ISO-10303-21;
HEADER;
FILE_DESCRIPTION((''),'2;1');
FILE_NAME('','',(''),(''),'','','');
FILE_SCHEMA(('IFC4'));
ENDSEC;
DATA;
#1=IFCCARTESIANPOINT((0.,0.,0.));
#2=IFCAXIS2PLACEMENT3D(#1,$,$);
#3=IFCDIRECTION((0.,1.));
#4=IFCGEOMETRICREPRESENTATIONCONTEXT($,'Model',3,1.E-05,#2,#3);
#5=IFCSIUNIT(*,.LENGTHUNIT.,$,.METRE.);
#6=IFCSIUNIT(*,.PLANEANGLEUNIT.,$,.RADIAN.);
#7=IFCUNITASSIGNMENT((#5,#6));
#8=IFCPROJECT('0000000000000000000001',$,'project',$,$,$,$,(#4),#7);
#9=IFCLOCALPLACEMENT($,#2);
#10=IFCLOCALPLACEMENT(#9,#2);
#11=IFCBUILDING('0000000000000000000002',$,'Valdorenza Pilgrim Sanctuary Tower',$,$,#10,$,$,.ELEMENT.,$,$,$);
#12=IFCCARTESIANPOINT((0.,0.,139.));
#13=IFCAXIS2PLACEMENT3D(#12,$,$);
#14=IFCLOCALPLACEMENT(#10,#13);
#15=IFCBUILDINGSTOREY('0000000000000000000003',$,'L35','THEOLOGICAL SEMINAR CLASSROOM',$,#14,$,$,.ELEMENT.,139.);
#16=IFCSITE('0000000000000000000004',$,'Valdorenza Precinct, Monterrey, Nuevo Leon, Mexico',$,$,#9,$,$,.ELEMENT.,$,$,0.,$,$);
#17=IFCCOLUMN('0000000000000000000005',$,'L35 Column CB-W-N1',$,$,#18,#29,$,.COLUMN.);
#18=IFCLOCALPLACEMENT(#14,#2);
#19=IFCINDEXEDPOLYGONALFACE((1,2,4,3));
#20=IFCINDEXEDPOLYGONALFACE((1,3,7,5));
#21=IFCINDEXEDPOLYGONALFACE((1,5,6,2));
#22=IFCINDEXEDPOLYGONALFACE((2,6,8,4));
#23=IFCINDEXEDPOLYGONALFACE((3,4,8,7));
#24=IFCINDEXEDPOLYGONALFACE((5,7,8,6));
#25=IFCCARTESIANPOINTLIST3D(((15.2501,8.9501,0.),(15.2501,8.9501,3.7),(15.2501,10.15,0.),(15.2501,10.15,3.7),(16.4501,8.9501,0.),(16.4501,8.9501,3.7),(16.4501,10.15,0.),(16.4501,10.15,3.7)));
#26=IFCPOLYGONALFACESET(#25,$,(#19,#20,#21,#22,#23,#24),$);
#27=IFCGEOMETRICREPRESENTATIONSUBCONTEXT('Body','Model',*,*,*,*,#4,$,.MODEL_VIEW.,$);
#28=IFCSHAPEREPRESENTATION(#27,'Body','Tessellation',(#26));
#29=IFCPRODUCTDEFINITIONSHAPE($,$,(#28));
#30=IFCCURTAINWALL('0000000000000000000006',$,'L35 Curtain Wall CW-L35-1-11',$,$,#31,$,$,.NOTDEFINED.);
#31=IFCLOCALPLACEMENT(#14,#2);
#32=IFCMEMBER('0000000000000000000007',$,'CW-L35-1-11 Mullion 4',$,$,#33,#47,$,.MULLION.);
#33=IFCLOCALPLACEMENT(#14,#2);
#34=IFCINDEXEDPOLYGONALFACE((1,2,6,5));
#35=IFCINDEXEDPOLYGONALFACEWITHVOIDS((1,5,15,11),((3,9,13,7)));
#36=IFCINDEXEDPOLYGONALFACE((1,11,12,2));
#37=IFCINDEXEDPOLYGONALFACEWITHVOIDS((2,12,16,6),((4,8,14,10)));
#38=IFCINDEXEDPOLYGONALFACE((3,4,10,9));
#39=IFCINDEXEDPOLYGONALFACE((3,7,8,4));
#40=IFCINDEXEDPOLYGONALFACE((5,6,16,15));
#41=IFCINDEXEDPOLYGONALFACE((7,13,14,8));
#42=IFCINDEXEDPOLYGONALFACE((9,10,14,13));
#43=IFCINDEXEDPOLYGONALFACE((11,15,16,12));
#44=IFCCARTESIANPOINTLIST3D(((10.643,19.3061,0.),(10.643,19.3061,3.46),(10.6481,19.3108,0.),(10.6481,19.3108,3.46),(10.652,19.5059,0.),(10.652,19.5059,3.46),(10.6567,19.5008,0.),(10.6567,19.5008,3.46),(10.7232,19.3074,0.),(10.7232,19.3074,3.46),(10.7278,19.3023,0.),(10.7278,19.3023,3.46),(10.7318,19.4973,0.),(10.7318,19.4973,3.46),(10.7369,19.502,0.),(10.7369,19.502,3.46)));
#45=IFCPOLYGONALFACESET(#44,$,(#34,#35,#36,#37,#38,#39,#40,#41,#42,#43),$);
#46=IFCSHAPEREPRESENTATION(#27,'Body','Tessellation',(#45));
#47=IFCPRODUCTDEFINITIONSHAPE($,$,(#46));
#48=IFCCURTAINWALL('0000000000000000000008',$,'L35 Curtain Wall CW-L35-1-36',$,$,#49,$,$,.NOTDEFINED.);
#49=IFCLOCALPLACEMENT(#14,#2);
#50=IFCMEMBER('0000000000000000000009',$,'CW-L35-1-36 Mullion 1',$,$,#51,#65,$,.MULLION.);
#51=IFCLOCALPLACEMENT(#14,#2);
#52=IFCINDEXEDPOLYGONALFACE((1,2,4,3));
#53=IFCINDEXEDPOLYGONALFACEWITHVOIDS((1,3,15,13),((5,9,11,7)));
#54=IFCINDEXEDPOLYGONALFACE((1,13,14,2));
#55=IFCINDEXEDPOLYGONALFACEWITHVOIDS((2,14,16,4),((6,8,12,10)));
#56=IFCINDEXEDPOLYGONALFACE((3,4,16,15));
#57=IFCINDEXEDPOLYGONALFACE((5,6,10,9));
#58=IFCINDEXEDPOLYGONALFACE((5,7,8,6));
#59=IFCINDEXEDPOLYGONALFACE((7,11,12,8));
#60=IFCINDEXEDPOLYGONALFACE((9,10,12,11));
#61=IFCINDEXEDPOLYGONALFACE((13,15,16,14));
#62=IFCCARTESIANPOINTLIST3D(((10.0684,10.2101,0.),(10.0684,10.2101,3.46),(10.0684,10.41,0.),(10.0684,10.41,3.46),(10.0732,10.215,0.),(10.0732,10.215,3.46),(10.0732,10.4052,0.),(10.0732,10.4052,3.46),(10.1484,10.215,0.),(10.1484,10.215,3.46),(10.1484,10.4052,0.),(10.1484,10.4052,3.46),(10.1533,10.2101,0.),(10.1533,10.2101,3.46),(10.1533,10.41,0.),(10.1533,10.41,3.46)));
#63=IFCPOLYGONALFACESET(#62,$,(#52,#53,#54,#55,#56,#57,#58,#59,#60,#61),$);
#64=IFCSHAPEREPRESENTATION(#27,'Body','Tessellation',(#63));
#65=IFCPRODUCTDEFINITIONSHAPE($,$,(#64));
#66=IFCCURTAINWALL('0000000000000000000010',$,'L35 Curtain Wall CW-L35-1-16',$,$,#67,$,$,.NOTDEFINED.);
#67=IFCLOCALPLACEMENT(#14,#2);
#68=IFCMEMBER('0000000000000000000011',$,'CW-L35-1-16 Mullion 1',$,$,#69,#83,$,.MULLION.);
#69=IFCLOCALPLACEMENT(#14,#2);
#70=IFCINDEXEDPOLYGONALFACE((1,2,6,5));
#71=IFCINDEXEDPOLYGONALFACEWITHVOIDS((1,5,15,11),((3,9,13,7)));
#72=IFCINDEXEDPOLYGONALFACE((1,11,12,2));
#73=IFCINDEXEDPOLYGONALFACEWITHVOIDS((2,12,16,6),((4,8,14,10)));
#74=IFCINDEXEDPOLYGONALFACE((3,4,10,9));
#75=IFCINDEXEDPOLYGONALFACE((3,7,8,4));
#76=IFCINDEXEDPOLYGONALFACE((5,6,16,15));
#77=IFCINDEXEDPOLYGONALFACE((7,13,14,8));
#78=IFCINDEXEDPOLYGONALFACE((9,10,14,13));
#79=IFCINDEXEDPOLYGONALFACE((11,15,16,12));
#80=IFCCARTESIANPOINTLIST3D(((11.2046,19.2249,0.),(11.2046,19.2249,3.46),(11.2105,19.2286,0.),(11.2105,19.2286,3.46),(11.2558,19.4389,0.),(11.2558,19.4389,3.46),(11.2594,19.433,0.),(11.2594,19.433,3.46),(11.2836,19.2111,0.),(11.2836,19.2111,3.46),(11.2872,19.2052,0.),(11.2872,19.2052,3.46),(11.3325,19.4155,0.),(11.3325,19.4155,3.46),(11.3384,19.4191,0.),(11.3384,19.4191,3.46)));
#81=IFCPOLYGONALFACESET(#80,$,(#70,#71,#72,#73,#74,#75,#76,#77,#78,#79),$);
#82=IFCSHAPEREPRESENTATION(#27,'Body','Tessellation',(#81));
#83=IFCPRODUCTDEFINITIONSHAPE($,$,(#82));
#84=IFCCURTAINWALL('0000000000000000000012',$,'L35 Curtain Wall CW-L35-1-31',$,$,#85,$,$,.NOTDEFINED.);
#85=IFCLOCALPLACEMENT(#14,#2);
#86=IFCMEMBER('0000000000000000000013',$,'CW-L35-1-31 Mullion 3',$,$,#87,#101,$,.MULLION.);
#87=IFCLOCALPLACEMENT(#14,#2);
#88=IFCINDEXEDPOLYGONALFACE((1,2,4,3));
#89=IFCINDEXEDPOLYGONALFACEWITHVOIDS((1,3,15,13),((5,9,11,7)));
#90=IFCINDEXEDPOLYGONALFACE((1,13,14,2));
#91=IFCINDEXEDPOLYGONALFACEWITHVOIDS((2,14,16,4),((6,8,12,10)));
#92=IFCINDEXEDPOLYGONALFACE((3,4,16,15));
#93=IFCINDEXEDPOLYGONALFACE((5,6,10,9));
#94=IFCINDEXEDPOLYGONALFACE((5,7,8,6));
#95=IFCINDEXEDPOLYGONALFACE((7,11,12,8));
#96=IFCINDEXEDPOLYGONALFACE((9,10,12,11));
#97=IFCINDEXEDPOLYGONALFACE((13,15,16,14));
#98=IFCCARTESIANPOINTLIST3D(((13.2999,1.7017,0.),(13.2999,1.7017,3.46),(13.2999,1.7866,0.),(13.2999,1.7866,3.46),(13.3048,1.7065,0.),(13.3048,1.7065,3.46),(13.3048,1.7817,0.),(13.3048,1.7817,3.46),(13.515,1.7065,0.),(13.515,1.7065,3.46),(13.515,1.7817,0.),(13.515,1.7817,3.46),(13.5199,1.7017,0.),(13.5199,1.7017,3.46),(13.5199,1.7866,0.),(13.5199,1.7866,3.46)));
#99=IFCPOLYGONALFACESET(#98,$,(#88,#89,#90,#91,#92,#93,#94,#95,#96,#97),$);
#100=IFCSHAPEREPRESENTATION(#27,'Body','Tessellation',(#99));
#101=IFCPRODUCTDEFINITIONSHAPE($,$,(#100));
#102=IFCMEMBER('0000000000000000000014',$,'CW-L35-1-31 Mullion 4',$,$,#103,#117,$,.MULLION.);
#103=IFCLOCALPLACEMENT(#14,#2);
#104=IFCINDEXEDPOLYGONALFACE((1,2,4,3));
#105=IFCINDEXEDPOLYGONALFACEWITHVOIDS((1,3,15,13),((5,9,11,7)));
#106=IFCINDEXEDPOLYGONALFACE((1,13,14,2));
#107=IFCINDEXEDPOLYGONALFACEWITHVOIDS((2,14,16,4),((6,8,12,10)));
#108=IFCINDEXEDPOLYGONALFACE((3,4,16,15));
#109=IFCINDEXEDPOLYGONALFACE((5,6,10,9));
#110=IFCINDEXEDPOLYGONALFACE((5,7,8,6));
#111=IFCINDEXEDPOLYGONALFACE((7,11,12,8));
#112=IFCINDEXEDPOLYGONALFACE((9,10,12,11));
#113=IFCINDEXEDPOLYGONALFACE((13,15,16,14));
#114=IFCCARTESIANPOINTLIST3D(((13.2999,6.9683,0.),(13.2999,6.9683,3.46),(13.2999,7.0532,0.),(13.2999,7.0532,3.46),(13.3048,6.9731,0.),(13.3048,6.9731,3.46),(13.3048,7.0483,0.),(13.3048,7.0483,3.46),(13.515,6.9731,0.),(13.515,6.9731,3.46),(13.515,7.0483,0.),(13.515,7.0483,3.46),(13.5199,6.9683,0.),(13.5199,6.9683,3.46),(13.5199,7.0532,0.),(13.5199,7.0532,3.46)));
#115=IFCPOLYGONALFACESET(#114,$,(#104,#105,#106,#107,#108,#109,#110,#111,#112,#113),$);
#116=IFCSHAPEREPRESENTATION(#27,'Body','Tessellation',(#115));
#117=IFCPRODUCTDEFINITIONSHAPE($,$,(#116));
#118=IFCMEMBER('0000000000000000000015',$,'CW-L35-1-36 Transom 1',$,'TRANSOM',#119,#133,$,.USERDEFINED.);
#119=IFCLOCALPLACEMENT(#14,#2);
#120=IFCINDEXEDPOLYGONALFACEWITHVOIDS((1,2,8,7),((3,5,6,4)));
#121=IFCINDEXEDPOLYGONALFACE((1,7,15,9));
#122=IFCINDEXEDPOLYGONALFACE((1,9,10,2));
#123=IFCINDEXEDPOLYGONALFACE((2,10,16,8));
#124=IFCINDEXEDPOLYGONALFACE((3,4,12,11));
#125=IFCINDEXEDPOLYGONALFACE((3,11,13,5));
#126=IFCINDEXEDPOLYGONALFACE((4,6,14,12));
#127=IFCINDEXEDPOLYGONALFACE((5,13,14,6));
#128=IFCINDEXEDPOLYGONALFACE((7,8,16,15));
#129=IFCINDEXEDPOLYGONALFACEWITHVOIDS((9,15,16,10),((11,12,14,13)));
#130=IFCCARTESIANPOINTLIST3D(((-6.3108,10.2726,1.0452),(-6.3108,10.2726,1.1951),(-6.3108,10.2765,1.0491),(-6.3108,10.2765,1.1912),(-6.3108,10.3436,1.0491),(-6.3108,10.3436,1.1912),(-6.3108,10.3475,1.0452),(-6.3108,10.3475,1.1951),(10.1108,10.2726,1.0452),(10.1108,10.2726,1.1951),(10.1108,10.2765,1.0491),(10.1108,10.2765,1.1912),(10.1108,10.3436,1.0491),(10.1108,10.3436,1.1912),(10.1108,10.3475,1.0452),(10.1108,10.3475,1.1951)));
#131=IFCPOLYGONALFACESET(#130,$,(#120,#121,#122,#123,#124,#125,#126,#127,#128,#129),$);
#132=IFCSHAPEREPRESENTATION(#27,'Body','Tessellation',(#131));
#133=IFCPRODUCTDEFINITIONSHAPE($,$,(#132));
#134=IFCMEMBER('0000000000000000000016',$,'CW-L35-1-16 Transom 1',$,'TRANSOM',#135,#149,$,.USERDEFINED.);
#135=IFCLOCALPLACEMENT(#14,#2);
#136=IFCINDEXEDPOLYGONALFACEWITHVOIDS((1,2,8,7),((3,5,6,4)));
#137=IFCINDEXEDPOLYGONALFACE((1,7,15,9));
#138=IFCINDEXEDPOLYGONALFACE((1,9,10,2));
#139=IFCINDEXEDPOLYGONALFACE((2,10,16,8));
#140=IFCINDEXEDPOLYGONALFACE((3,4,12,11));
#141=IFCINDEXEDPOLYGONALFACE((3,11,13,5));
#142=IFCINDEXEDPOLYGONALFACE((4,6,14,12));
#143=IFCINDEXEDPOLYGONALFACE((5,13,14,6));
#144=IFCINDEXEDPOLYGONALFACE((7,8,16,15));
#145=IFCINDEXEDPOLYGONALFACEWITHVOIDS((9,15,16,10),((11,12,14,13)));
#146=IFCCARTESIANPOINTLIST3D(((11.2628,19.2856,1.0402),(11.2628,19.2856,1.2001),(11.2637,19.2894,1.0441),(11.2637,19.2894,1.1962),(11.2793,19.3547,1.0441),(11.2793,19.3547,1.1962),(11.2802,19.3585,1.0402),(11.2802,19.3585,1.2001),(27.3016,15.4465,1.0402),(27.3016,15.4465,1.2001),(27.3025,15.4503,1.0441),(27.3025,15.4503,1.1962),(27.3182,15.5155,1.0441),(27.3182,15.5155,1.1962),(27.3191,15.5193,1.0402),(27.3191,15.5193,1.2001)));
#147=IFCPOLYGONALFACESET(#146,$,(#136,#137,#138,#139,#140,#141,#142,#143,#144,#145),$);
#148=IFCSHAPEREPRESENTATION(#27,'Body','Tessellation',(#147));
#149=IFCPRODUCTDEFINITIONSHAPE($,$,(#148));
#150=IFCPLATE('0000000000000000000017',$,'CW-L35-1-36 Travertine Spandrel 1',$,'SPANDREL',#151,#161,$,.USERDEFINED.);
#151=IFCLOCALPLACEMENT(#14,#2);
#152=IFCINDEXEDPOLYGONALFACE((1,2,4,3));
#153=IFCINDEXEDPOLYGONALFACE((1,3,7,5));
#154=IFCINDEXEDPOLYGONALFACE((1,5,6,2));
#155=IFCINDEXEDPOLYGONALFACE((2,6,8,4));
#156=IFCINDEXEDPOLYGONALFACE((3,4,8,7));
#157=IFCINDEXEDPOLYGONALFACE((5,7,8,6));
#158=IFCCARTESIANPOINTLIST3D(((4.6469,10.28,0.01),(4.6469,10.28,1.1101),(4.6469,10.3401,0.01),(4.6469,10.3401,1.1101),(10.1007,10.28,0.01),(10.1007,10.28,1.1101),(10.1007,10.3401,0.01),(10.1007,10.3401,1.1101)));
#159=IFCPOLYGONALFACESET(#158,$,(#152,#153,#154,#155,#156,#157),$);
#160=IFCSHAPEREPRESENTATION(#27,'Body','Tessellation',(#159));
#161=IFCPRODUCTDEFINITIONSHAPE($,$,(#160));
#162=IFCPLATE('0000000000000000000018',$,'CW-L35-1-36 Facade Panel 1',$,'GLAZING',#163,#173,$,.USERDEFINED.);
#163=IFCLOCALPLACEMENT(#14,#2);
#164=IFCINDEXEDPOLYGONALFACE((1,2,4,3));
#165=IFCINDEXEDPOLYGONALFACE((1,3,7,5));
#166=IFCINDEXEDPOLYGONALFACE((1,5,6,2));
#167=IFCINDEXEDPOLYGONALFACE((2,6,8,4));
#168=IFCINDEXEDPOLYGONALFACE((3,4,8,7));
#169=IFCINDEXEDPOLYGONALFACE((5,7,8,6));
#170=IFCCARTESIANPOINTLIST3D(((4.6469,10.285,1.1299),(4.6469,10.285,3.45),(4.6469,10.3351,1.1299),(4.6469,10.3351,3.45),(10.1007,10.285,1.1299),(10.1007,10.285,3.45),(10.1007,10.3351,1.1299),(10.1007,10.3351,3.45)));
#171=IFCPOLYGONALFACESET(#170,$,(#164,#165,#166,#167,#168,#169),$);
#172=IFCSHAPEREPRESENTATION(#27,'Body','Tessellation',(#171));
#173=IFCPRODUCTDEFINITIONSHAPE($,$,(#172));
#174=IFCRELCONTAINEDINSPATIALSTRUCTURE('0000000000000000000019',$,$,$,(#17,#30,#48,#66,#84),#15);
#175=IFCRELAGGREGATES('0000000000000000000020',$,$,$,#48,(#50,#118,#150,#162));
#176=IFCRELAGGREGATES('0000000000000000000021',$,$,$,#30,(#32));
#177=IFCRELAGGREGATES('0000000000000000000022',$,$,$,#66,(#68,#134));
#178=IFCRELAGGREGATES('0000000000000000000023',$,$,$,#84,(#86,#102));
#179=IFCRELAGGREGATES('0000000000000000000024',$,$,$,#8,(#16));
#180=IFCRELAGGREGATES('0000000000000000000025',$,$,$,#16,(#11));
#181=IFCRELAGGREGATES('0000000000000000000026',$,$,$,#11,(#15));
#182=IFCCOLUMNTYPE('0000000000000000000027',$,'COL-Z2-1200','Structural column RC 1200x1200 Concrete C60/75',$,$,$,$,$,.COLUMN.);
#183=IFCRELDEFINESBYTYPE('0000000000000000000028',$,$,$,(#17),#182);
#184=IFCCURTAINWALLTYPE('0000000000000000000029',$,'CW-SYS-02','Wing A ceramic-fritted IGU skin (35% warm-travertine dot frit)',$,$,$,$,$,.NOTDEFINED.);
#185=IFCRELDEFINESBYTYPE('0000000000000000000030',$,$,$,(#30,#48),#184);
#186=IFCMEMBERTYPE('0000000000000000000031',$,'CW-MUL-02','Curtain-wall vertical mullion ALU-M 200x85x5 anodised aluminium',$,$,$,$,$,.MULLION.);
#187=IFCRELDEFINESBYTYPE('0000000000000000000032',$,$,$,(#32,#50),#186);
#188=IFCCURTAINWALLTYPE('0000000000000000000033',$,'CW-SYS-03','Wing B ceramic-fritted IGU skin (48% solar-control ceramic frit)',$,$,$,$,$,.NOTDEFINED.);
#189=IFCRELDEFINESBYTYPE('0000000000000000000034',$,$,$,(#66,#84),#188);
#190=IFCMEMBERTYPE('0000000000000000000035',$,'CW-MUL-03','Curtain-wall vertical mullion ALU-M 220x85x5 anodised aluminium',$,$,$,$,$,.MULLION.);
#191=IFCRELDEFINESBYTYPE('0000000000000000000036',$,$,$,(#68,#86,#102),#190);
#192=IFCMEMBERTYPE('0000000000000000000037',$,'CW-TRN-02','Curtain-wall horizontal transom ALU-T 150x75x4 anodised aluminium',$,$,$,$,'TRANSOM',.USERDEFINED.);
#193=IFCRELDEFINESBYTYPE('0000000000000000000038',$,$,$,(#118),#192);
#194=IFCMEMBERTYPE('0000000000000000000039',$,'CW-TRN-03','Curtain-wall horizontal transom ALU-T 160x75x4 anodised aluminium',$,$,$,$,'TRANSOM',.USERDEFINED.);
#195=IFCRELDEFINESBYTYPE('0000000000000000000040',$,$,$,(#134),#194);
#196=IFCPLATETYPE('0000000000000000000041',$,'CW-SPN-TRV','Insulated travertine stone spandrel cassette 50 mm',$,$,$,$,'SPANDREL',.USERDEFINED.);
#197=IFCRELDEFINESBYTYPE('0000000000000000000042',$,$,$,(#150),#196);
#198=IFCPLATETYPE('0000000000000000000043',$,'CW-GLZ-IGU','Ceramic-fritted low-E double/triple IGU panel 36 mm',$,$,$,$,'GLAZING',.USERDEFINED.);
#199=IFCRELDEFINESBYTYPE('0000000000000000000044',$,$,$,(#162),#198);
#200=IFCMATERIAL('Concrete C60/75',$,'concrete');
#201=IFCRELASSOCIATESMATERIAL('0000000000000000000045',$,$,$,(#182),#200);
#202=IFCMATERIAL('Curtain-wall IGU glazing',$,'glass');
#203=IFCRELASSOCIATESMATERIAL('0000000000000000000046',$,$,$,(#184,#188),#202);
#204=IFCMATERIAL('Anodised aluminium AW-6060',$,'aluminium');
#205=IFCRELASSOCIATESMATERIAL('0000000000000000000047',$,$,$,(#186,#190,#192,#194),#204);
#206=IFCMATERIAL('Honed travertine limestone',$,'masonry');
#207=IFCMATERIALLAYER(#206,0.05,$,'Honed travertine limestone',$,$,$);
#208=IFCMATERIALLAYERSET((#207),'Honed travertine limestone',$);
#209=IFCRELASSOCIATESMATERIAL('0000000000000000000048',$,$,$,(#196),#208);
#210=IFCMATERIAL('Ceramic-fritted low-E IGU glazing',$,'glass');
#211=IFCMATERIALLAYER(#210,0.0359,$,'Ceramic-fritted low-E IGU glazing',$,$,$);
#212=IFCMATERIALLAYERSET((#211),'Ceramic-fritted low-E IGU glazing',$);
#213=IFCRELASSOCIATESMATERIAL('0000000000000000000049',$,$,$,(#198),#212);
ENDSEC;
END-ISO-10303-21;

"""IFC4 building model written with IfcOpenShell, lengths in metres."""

from ifc_helpers import new_model, si_unit, direction, frame, origin, origin_2d, place, context, subcontext, project, spatial, rectangle, hollow_rectangle, extrude, source, transform, mapped, material, layer, layer_set, material_profile, profile_set, type_object, element, aggregate, save


model = new_model("IFC4")

# Units and contexts
model_context = context("Model", 3, precision=1e-05, world=origin(), true_north=direction((0.0, 1.0)))
body_context = subcontext(model_context, "Body", "Model", "MODEL_VIEW")
ifc_project = project(units=[si_unit("LENGTHUNIT", "METRE"), si_unit("PLANEANGLEUNIT", "RADIAN")], contexts=[model_context])

# Site, building, storey
site_placement = place(None, origin())
site = spatial("IfcSite", under=ifc_project, at=site_placement, Name="Valdorenza Precinct, Monterrey, Nuevo Leon, Mexico", CompositionType="ELEMENT", RefElevation=0.0)
building_placement = place(site_placement, origin())
building = spatial("IfcBuilding", under=site, at=building_placement, Name="Valdorenza Pilgrim Sanctuary Tower", CompositionType="ELEMENT")
storey_placement = place(building_placement, frame((0.0, 0.0, 139.0)))
storey = spatial("IfcBuildingStorey", under=building, at=storey_placement, Name="L35", Description="THEOLOGICAL SEMINAR CLASSROOM", CompositionType="ELEMENT", Elevation=139.0)

# Column
ifc_material_1 = material(Name="Concrete C60/75", Category="concrete")
ifc_material_profile_1 = material_profile(ifc_material_1, rectangle(XDim=1.2, YDim=1.2, at=origin_2d()), Name="RC 1200x1200")
ifc_profile_set_1 = profile_set([ifc_material_profile_1], Name="Concrete C60/75")
column_type = type_object("IfcColumnType", Name="COL-Z2-1200", Description="Structural column RC 1200x1200 Concrete C60/75", PredefinedType="COLUMN", material=ifc_profile_set_1)
shared_shape_1 = source(origin(), body_context, "Body", "SweptSolid", [
    extrude(rectangle(XDim=1.2, YDim=1.2, at=origin_2d()), origin(), (0.0, 0.0, 1.0), 3.7),
])
column_placement = place(storey_placement, frame((15.8501, 9.55, 0.0), z_axis=(0.0, 0.0, 1.0), x_axis=(1.0, 0.0, 0.0)))
element("IfcColumn", 1, at=column_placement, inside=storey, type_object=column_type, Name="L35 Column CB-W-N1", PredefinedType="COLUMN", context=body_context, shape_type="MappedRepresentation", body=[
    mapped(shared_shape_1, transform((0.0, 0.0, 0.0), x_axis=(1.0, 0.0, 0.0), y_axis=(0.0, 1.0, 0.0), z_axis=(0.0, 0.0, 1.0), scale=1.0)),
])

# Curtain walls, members
ifc_material_2 = material(Name="Curtain-wall IGU glazing", Category="glass")
curtain_wall_type_1 = type_object("IfcCurtainWallType", Name="CW-SYS-02", Description="Wing A ceramic-fritted IGU skin (35% warm-travertine dot frit)", PredefinedType="NOTDEFINED", material=ifc_material_2)
curtain_wall_1_placement = place(storey_placement, origin())
curtain_wall_1 = element("IfcCurtainWall", 2, at=curtain_wall_1_placement, inside=storey, type_object=curtain_wall_type_1, Name="L35 Curtain Wall CW-L35-1-11", PredefinedType="NOTDEFINED")
ifc_material_3 = material(Name="Anodised aluminium AW-6060", Category="aluminium")
ifc_material_profile_2 = material_profile(ifc_material_3, hollow_rectangle(XDim=0.085, YDim=0.2, WallThickness=0.0049, at=origin_2d()), Name="ALU-M 200x85x5")
ifc_profile_set_2 = profile_set([ifc_material_profile_2], Name="Anodised aluminium AW-6060")
member_type_1 = type_object("IfcMemberType", Name="CW-MUL-02", Description="Curtain-wall vertical mullion ALU-M 200x85x5 anodised aluminium", PredefinedType="MULLION", material=ifc_profile_set_2)
shared_shape_2 = source(origin(), body_context, "Body", "SweptSolid", [
    extrude(hollow_rectangle(XDim=0.085, YDim=0.2, WallThickness=0.0049, at=origin_2d()), origin(), (0.0, 0.0, 1.0), 3.46),
])
member_1_placement = place(storey_placement, frame((10.6899, 19.4041, 0.0), z_axis=(0.0, 0.0, 1.0), x_axis=(0.998968, -0.045415, 0.0)))
member_1 = element("IfcMember", 3, at=member_1_placement, type_object=member_type_1, Name="CW-L35-1-11 Mullion 4", PredefinedType="MULLION", context=body_context, shape_type="MappedRepresentation", body=[
    mapped(shared_shape_2, transform((0.0, 0.0, 0.0), x_axis=(1.0, 0.0, 0.0), y_axis=(0.0, 1.0, 0.0), z_axis=(0.0, 0.0, 1.0), scale=1.0)),
])
curtain_wall_2_placement = place(storey_placement, origin())
curtain_wall_2 = element("IfcCurtainWall", 4, at=curtain_wall_2_placement, inside=storey, type_object=curtain_wall_type_1, Name="L35 Curtain Wall CW-L35-1-36", PredefinedType="NOTDEFINED")
member_2_placement = place(storey_placement, frame((10.1108, 10.3101, 0.0), z_axis=(0.0, 0.0, 1.0), x_axis=(-1.0, 0.0, 0.0)))
member_2 = element("IfcMember", 5, at=member_2_placement, type_object=member_type_1, Name="CW-L35-1-36 Mullion 1", PredefinedType="MULLION", context=body_context, shape_type="MappedRepresentation", body=[
    mapped(shared_shape_2, transform((0.0, 0.0, 0.0), x_axis=(1.0, 0.0, 0.0), y_axis=(0.0, 1.0, 0.0), z_axis=(0.0, 0.0, 1.0), scale=1.0)),
])
curtain_wall_type_2 = type_object("IfcCurtainWallType", Name="CW-SYS-03", Description="Wing B ceramic-fritted IGU skin (48% solar-control ceramic frit)", PredefinedType="NOTDEFINED", material=ifc_material_2)
curtain_wall_3_placement = place(storey_placement, origin())
curtain_wall_3 = element("IfcCurtainWall", 6, at=curtain_wall_3_placement, inside=storey, type_object=curtain_wall_type_2, Name="L35 Curtain Wall CW-L35-1-16", PredefinedType="NOTDEFINED")
ifc_material_profile_3 = material_profile(ifc_material_3, hollow_rectangle(XDim=0.085, YDim=0.22, WallThickness=0.0049, at=origin_2d()), Name="ALU-M 220x85x5")
ifc_profile_set_3 = profile_set([ifc_material_profile_3], Name="Anodised aluminium AW-6060")
member_type_2 = type_object("IfcMemberType", Name="CW-MUL-03", Description="Curtain-wall vertical mullion ALU-M 220x85x5 anodised aluminium", PredefinedType="MULLION", material=ifc_profile_set_3)
shared_shape_3 = source(origin(), body_context, "Body", "SweptSolid", [
    extrude(hollow_rectangle(XDim=0.085, YDim=0.22, WallThickness=0.0049, at=origin_2d()), origin(), (0.0, 0.0, 1.0), 3.46),
])
member_3_placement = place(storey_placement, frame((11.2715, 19.322, 0.0), z_axis=(0.0, 0.0, 1.0), x_axis=(0.972529, -0.232783, 0.0)))
member_3 = element("IfcMember", 7, at=member_3_placement, type_object=member_type_2, Name="CW-L35-1-16 Mullion 1", PredefinedType="MULLION", context=body_context, shape_type="MappedRepresentation", body=[
    mapped(shared_shape_3, transform((0.0, 0.0, 0.0), x_axis=(1.0, 0.0, 0.0), y_axis=(0.0, 1.0, 0.0), z_axis=(0.0, 0.0, 1.0), scale=1.0)),
])

# Curtain wall, members
curtain_wall_4_placement = place(storey_placement, origin())
curtain_wall_4 = element("IfcCurtainWall", 8, at=curtain_wall_4_placement, inside=storey, type_object=curtain_wall_type_2, Name="L35 Curtain Wall CW-L35-1-31", PredefinedType="NOTDEFINED")
member_4_placement = place(storey_placement, frame((13.4099, 1.7441, 0.0), z_axis=(0.0, 0.0, 1.0), x_axis=(0.0, 1.0, 0.0)))
member_4 = element("IfcMember", 9, at=member_4_placement, type_object=member_type_2, Name="CW-L35-1-31 Mullion 3", PredefinedType="MULLION", context=body_context, shape_type="MappedRepresentation", body=[
    mapped(shared_shape_3, transform((0.0, 0.0, 0.0), x_axis=(1.0, 0.0, 0.0), y_axis=(0.0, 1.0, 0.0), z_axis=(0.0, 0.0, 1.0), scale=1.0)),
])
member_5_placement = place(storey_placement, frame((13.4099, 7.0107, 0.0), z_axis=(0.0, 0.0, 1.0), x_axis=(0.0, 1.0, 0.0)))
member_5 = element("IfcMember", 10, at=member_5_placement, type_object=member_type_2, Name="CW-L35-1-31 Mullion 4", PredefinedType="MULLION", context=body_context, shape_type="MappedRepresentation", body=[
    mapped(shared_shape_3, transform((0.0, 0.0, 0.0), x_axis=(1.0, 0.0, 0.0), y_axis=(0.0, 1.0, 0.0), z_axis=(0.0, 0.0, 1.0), scale=1.0)),
])

# Members
ifc_material_profile_4 = material_profile(ifc_material_3, hollow_rectangle(XDim=0.075, YDim=0.1499, WallThickness=0.0039, at=origin_2d()), Name="ALU-T 150x75x4")
ifc_profile_set_4 = profile_set([ifc_material_profile_4], Name="Anodised aluminium AW-6060")
member_type_3 = type_object("IfcMemberType", Name="CW-TRN-02", Description="Curtain-wall horizontal transom ALU-T 150x75x4 anodised aluminium", ElementType="TRANSOM", PredefinedType="USERDEFINED", material=ifc_profile_set_4)
shared_shape_4 = source(origin(), body_context, "Body", "SweptSolid", [
    extrude(hollow_rectangle(XDim=0.075, YDim=0.1499, WallThickness=0.0039, at=origin_2d()), origin(), (0.0, 0.0, 1.0), 16.4216),
])
member_6_placement = place(storey_placement, frame((10.1108, 10.3101, 1.1201), z_axis=(-1.0, 0.0, 0.0), x_axis=(0.0, -1.0, 0.0)))
member_6 = element("IfcMember", 11, at=member_6_placement, type_object=member_type_3, Name="CW-L35-1-36 Transom 1", ObjectType="TRANSOM", PredefinedType="USERDEFINED", context=body_context, shape_type="MappedRepresentation", body=[
    mapped(shared_shape_4, transform((0.0, 0.0, 0.0), x_axis=(1.0, 0.0, 0.0), y_axis=(0.0, 1.0, 0.0), z_axis=(0.0, 0.0, 1.0), scale=1.0)),
])
ifc_material_profile_5 = material_profile(ifc_material_3, hollow_rectangle(XDim=0.075, YDim=0.1599, WallThickness=0.0039, at=origin_2d()), Name="ALU-T 160x75x4")
ifc_profile_set_5 = profile_set([ifc_material_profile_5], Name="Anodised aluminium AW-6060")
member_type_4 = type_object("IfcMemberType", Name="CW-TRN-03", Description="Curtain-wall horizontal transom ALU-T 160x75x4 anodised aluminium", ElementType="TRANSOM", PredefinedType="USERDEFINED", material=ifc_profile_set_5)
shared_shape_5 = source(origin(), body_context, "Body", "SweptSolid", [
    extrude(hollow_rectangle(XDim=0.075, YDim=0.1599, WallThickness=0.0039, at=origin_2d()), origin(), (0.0, 0.0, 1.0), 16.4919),
])
member_7_placement = place(storey_placement, frame((11.2715, 19.322, 1.1201), z_axis=(0.972528, -0.232788, 0.0), x_axis=(0.232788, 0.972528, 0.0)))
member_7 = element("IfcMember", 12, at=member_7_placement, type_object=member_type_4, Name="CW-L35-1-16 Transom 1", ObjectType="TRANSOM", PredefinedType="USERDEFINED", context=body_context, shape_type="MappedRepresentation", body=[
    mapped(shared_shape_5, transform((0.0, 0.0, 0.0), x_axis=(1.0, 0.0, 0.0), y_axis=(0.0, 1.0, 0.0), z_axis=(0.0, 0.0, 1.0), scale=1.0)),
])

# Plates
ifc_material_4 = material(Name="Honed travertine limestone", Category="masonry")
ifc_layer_1 = layer(ifc_material_4, 0.05, Name="Honed travertine limestone")
ifc_layer_set_1 = layer_set([ifc_layer_1], Name="Honed travertine limestone")
plate_type_1 = type_object("IfcPlateType", Name="CW-SPN-TRV", Description="Insulated travertine stone spandrel cassette 50 mm", ElementType="SPANDREL", PredefinedType="USERDEFINED", material=ifc_layer_set_1)
shared_shape_6 = source(origin(), body_context, "Body", "SweptSolid", [
    extrude(rectangle(XDim=5.4539, YDim=0.0601, at=origin_2d()), origin(), (0.0, 0.0, 1.0), 1.1001),
])
plate_1_placement = place(storey_placement, frame((7.3738, 10.3101, 0.01), z_axis=(0.0, 0.0, 1.0), x_axis=(-1.0, 0.0, 0.0)))
plate_1 = element("IfcPlate", 13, at=plate_1_placement, type_object=plate_type_1, Name="CW-L35-1-36 Travertine Spandrel 1", ObjectType="SPANDREL", PredefinedType="USERDEFINED", context=body_context, shape_type="MappedRepresentation", body=[
    mapped(shared_shape_6, transform((0.0, 0.0, 0.0), x_axis=(1.0, 0.0, 0.0), y_axis=(0.0, 1.0, 0.0), z_axis=(0.0, 0.0, 1.0), scale=1.0)),
])
ifc_material_5 = material(Name="Ceramic-fritted low-E IGU glazing", Category="glass")
ifc_layer_2 = layer(ifc_material_5, 0.0359, Name="Ceramic-fritted low-E IGU glazing")
ifc_layer_set_2 = layer_set([ifc_layer_2], Name="Ceramic-fritted low-E IGU glazing")
plate_type_2 = type_object("IfcPlateType", Name="CW-GLZ-IGU", Description="Ceramic-fritted low-E double/triple IGU panel 36 mm", ElementType="GLAZING", PredefinedType="USERDEFINED", material=ifc_layer_set_2)
shared_shape_7 = source(origin(), body_context, "Body", "SweptSolid", [
    extrude(rectangle(XDim=5.4539, YDim=0.05, at=origin_2d()), origin(), (0.0, 0.0, 1.0), 2.3201),
])
plate_2_placement = place(storey_placement, frame((7.3738, 10.3101, 1.1299), z_axis=(0.0, 0.0, 1.0), x_axis=(-1.0, 0.0, 0.0)))
plate_2 = element("IfcPlate", 14, at=plate_2_placement, type_object=plate_type_2, Name="CW-L35-1-36 Facade Panel 1", ObjectType="GLAZING", PredefinedType="USERDEFINED", context=body_context, shape_type="MappedRepresentation", body=[
    mapped(shared_shape_7, transform((0.0, 0.0, 0.0), x_axis=(1.0, 0.0, 0.0), y_axis=(0.0, 1.0, 0.0), z_axis=(0.0, 0.0, 1.0), scale=1.0)),
])
aggregate(curtain_wall_2, [member_2, member_6, plate_1, plate_2])
aggregate(curtain_wall_1, [member_1])
aggregate(curtain_wall_3, [member_3, member_7])
aggregate(curtain_wall_4, [member_4, member_5])

save(model, "model.ifc")
